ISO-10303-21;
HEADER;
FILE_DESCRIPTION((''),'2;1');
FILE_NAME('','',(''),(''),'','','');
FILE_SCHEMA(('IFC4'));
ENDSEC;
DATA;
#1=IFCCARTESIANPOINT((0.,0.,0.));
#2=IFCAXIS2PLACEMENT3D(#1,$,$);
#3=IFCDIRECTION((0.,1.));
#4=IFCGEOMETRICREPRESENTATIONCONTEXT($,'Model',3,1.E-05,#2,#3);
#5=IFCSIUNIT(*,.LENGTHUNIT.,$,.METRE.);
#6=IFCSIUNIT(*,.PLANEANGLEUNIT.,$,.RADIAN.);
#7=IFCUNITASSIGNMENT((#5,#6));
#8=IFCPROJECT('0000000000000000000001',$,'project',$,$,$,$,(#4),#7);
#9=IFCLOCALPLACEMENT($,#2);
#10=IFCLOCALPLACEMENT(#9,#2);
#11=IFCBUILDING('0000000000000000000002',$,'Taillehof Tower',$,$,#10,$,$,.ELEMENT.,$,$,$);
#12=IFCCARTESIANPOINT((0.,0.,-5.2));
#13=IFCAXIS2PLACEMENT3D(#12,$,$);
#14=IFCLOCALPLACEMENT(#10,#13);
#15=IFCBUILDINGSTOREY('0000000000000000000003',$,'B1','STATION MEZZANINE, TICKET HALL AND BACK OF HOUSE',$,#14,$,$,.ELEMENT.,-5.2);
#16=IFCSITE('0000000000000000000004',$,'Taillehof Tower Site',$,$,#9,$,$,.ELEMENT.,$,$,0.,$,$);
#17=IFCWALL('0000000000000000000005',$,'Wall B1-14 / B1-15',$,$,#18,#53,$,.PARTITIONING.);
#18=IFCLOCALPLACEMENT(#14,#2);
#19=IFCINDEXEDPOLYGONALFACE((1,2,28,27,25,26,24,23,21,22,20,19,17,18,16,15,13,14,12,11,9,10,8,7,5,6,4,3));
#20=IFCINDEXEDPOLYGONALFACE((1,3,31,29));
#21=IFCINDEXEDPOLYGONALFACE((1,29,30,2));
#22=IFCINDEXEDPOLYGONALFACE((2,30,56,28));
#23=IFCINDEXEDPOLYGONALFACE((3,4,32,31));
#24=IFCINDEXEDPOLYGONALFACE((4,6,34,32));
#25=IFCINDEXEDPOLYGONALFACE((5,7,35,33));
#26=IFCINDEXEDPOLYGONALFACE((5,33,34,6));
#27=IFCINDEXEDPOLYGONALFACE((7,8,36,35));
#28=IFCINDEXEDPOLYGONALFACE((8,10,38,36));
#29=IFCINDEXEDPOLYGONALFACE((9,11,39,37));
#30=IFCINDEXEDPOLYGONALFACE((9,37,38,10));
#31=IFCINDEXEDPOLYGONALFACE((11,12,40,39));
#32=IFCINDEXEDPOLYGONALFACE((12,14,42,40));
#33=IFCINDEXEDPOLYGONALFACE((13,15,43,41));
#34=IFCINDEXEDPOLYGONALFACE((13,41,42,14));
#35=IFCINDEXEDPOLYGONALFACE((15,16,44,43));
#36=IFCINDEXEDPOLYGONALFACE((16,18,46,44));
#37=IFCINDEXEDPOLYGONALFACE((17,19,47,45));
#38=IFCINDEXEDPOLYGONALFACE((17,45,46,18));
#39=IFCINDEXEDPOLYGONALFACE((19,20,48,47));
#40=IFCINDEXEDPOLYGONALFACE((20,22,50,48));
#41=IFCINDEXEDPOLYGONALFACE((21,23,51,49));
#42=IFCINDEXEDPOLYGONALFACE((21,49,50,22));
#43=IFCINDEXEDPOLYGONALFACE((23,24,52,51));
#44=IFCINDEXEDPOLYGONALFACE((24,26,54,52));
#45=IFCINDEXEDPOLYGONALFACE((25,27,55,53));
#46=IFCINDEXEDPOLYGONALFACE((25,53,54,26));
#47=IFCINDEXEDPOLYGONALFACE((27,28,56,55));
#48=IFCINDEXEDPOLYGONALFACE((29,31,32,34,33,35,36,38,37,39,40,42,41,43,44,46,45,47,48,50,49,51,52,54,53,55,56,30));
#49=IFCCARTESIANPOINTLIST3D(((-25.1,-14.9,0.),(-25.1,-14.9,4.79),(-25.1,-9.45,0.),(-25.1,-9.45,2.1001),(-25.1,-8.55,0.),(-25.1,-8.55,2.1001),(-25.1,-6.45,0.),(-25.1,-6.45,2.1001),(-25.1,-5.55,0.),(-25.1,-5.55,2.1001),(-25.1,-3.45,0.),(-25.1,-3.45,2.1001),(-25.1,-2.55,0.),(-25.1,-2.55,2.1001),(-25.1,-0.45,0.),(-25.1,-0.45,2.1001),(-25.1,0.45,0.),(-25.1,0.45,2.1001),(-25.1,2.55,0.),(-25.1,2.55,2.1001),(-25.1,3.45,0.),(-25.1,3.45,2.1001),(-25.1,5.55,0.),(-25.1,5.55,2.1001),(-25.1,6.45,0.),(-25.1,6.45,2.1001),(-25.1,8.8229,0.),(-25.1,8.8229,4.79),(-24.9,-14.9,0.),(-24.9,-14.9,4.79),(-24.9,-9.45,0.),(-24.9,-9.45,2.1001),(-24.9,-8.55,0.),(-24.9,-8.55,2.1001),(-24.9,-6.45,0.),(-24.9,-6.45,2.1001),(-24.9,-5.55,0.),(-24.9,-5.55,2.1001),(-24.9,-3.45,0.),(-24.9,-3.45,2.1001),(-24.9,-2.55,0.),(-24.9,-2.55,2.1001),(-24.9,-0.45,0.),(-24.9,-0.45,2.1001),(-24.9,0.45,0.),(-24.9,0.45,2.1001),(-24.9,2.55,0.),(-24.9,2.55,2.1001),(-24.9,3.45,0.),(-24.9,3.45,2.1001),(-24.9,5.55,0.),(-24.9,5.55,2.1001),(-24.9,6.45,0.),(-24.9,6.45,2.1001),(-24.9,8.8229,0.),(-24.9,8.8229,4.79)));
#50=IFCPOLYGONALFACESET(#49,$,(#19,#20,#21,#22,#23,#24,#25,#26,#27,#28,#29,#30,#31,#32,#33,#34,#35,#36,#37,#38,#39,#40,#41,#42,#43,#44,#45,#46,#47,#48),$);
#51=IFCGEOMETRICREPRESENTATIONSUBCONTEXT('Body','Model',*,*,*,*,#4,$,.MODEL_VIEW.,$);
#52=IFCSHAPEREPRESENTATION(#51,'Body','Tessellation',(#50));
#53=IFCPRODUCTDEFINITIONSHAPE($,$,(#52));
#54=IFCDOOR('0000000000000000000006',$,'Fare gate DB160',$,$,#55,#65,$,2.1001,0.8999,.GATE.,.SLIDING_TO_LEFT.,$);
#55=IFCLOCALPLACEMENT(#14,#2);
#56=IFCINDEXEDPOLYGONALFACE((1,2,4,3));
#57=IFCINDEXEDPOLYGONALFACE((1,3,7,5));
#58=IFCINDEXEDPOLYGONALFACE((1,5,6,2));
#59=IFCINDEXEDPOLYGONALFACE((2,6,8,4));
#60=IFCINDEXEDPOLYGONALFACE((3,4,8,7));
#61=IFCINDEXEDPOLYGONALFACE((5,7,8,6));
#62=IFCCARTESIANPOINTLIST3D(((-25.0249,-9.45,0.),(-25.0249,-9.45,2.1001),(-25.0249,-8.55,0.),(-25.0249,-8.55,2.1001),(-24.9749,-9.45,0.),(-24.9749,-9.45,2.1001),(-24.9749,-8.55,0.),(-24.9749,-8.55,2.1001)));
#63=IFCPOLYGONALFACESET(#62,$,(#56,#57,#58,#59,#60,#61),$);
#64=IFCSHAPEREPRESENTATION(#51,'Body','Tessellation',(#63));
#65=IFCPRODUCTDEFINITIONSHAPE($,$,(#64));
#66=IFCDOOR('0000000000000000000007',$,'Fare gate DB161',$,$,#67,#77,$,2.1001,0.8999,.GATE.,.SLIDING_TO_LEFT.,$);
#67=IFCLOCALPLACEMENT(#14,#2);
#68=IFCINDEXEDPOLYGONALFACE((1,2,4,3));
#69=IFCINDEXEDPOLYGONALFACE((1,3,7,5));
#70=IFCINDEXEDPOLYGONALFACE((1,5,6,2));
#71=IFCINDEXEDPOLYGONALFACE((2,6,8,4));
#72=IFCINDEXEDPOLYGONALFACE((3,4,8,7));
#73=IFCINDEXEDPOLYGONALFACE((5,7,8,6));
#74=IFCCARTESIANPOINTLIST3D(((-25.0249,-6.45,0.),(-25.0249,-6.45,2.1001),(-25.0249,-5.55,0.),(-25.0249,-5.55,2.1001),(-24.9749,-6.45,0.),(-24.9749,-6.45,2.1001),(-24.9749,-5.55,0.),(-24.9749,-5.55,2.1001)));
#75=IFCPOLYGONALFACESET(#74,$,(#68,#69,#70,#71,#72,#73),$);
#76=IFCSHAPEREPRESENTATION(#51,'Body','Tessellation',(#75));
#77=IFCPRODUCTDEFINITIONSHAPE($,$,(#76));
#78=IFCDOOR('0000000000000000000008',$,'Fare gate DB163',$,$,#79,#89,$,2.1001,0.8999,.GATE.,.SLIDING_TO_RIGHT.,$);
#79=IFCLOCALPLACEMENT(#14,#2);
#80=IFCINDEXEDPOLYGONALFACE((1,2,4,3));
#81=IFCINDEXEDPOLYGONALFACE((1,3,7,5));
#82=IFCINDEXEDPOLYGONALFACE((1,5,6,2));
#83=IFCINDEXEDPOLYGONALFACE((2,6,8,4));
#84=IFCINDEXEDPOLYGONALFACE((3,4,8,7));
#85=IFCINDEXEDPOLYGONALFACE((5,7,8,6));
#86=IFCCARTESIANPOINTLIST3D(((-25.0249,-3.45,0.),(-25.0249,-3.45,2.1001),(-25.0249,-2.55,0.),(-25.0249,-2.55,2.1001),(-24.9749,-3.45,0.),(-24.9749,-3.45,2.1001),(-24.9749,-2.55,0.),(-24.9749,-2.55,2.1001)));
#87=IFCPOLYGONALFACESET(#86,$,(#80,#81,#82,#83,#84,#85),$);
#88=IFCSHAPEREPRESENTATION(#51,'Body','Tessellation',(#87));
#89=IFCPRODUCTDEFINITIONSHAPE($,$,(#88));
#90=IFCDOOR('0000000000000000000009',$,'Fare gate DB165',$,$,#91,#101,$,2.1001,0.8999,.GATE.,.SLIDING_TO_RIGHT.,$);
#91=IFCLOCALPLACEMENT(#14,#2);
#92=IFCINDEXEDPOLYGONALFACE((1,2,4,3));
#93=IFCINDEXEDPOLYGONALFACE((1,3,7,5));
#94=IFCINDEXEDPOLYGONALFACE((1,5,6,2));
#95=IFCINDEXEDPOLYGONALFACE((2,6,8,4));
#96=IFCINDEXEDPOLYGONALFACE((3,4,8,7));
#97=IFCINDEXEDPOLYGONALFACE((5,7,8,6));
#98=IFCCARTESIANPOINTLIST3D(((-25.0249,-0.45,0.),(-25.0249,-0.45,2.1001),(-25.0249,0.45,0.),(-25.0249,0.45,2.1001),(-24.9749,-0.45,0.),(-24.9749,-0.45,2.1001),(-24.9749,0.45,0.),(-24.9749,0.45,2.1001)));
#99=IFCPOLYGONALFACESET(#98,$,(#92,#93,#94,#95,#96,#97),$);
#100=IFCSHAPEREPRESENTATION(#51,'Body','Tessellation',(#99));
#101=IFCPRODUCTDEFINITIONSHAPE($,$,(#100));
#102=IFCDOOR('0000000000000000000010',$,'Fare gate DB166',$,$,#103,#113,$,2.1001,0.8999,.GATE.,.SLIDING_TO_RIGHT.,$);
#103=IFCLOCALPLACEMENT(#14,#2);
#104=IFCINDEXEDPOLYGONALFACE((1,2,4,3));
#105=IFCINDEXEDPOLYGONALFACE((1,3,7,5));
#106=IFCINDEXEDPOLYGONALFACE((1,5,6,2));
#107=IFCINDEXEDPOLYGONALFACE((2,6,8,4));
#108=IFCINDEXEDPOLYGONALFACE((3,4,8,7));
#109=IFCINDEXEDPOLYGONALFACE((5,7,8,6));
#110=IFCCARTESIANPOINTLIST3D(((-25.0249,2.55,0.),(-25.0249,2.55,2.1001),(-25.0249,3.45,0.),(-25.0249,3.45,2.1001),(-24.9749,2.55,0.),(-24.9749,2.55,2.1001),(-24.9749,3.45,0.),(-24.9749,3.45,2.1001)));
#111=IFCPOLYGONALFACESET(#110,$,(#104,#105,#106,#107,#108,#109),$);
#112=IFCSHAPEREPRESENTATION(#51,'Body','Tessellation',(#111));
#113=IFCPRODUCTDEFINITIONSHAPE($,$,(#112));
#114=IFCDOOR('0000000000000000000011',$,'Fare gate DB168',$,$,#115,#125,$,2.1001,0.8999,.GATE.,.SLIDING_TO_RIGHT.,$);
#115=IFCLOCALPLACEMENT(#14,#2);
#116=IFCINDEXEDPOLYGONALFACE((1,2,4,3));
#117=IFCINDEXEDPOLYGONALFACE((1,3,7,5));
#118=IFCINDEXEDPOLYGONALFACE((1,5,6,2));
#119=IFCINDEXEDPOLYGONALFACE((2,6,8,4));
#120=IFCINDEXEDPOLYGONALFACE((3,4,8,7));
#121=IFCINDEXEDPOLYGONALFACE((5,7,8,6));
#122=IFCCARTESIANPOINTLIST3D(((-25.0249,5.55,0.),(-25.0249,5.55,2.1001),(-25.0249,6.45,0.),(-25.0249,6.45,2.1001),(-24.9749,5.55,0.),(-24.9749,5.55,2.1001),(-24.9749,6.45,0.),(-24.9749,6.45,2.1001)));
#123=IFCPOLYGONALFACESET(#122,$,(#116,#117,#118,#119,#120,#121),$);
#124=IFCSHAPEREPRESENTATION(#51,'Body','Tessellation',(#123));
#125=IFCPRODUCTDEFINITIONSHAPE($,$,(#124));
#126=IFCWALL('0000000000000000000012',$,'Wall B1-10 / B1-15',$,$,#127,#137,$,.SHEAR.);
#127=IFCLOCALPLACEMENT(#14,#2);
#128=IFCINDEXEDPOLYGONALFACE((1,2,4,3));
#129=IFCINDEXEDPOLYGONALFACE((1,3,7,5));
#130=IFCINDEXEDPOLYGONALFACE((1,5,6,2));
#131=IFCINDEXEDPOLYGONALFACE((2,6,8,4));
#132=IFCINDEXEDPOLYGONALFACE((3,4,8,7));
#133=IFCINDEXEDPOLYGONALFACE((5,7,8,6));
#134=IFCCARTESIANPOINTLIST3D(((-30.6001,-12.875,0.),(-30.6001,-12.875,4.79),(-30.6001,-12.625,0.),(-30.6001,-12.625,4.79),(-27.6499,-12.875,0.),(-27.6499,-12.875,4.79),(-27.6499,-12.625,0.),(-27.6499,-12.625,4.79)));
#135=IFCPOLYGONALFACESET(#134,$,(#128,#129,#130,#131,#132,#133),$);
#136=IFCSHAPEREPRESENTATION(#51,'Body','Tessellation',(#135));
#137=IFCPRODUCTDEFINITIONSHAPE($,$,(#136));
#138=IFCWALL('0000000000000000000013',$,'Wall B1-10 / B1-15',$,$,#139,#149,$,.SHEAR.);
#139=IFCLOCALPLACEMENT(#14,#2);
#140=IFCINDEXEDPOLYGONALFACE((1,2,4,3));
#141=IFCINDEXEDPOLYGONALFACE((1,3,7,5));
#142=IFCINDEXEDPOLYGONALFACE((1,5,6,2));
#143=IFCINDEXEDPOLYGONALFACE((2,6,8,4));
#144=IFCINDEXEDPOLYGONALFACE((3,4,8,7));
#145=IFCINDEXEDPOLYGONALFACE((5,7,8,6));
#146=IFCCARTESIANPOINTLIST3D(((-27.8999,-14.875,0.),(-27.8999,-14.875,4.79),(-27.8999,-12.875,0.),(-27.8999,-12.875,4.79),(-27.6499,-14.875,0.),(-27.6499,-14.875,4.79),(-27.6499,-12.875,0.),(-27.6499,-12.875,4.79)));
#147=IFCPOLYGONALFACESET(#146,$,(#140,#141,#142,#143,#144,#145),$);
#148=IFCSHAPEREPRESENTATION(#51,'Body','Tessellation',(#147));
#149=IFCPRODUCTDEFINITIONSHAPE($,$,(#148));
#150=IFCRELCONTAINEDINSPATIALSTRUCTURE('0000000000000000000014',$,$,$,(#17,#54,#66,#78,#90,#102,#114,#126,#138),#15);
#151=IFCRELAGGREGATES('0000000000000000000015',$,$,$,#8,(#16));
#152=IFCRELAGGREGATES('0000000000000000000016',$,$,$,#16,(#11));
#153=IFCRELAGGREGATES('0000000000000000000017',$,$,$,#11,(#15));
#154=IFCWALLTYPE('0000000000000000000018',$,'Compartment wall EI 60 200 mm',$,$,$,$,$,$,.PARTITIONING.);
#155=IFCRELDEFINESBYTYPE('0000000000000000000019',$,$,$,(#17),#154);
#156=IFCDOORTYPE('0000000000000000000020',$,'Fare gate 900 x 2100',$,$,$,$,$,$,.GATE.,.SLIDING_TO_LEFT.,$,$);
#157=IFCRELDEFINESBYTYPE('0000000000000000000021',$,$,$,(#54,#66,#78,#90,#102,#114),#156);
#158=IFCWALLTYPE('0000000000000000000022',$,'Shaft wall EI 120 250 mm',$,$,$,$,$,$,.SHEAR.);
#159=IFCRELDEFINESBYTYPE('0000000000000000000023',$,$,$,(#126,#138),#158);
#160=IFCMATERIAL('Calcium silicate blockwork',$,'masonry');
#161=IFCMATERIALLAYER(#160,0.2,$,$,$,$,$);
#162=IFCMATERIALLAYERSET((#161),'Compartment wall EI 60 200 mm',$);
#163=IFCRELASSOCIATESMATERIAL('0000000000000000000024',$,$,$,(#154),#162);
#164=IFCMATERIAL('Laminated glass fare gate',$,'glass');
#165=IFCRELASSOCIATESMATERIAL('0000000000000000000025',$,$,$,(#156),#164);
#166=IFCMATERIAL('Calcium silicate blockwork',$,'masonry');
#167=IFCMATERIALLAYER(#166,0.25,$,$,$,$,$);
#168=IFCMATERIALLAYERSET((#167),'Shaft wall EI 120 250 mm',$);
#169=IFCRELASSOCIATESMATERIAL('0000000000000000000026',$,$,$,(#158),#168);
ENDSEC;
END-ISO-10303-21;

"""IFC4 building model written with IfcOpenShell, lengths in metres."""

from ifc_helpers import new_model, si_unit, direction, frame, frame_2d, origin, place, context, subcontext, project, spatial, rectangle, extrude, material, layer, layer_set, type_object, element, fill, save


model = new_model("IFC4")

# Units and contexts
model_context = context("Model", 3, precision=1e-05, world=origin(), true_north=direction((0.0, 1.0)))
body_context = subcontext(model_context, "Body", "Model", "MODEL_VIEW")
ifc_project = project(units=[si_unit("LENGTHUNIT", "METRE"), si_unit("PLANEANGLEUNIT", "RADIAN")], contexts=[model_context])

# Site, building, storey
site_placement = place(None, origin())
site = spatial("IfcSite", under=ifc_project, at=site_placement, Name="Taillehof Tower Site", CompositionType="ELEMENT", RefElevation=0.0)
building_placement = place(site_placement, origin())
building = spatial("IfcBuilding", under=site, at=building_placement, Name="Taillehof Tower", CompositionType="ELEMENT")
storey_placement = place(building_placement, frame((0.0, 0.0, -5.2)))
storey = spatial("IfcBuildingStorey", under=building, at=storey_placement, Name="B1", Description="STATION MEZZANINE, TICKET HALL AND BACK OF HOUSE", CompositionType="ELEMENT", Elevation=-5.2)

# Shared definitions
ifc_material_1 = material(Name="Calcium silicate blockwork", Category="masonry")
ifc_layer_1 = layer(ifc_material_1, 0.2)
ifc_layer_set_1 = layer_set([ifc_layer_1], Name="Compartment wall EI 60 200 mm")
wall_type_1 = type_object("IfcWallType", Name="Compartment wall EI 60 200 mm", PredefinedType="PARTITIONING", material=ifc_layer_set_1)

# Wall, openings, doors
wall_1_placement = place(storey_placement, frame((-25.0, -14.8999, 0.0), z_axis=(0.0, 0.0, 1.0), x_axis=(0.0, 1.0, 0.0)))
wall_1 = element("IfcWall", 1, at=wall_1_placement, inside=storey, type_object=wall_type_1, Name="Wall B1-14 / B1-15", PredefinedType="PARTITIONING", context=body_context, shape_type="SweptSolid", body=[
    extrude(rectangle(XDim=23.7229, YDim=0.2, at=frame_2d((11.8613, 0.0))), origin(), (0.0, 0.0, 1.0), 4.79),
])
opening_1_placement = place(wall_1_placement, frame((5.45, 0.0, 0.0)))
opening_1 = element("IfcOpeningElement", 2, at=opening_1_placement, cuts=wall_1, PredefinedType="OPENING", context=body_context, shape_type="SweptSolid", body=[
    extrude(rectangle(XDim=0.8999, YDim=2.1001, at=frame_2d((0.45, 1.05))), frame((0.0, 0.1099, 0.0), z_axis=(0.0, -1.0, 0.0), x_axis=(1.0, 0.0, 0.0)), (0.0, 0.0, 1.0), 0.22),
])
opening_2_placement = place(wall_1_placement, frame((8.45, 0.0, 0.0)))
opening_2 = element("IfcOpeningElement", 3, at=opening_2_placement, cuts=wall_1, PredefinedType="OPENING", context=body_context, shape_type="SweptSolid", body=[
    extrude(rectangle(XDim=0.8999, YDim=2.1001, at=frame_2d((0.45, 1.05))), frame((0.0, 0.1099, 0.0), z_axis=(0.0, -1.0, 0.0), x_axis=(1.0, 0.0, 0.0)), (0.0, 0.0, 1.0), 0.22),
])
opening_3_placement = place(wall_1_placement, frame((11.45, 0.0, 0.0)))
opening_3 = element("IfcOpeningElement", 4, at=opening_3_placement, cuts=wall_1, PredefinedType="OPENING", context=body_context, shape_type="SweptSolid", body=[
    extrude(rectangle(XDim=0.8999, YDim=2.1001, at=frame_2d((0.45, 1.05))), frame((0.0, 0.1099, 0.0), z_axis=(0.0, -1.0, 0.0), x_axis=(1.0, 0.0, 0.0)), (0.0, 0.0, 1.0), 0.22),
])
opening_4_placement = place(wall_1_placement, frame((14.45, 0.0, 0.0)))
opening_4 = element("IfcOpeningElement", 5, at=opening_4_placement, cuts=wall_1, PredefinedType="OPENING", context=body_context, shape_type="SweptSolid", body=[
    extrude(rectangle(XDim=0.8999, YDim=2.1001, at=frame_2d((0.45, 1.05))), frame((0.0, 0.1099, 0.0), z_axis=(0.0, -1.0, 0.0), x_axis=(1.0, 0.0, 0.0)), (0.0, 0.0, 1.0), 0.22),
])
opening_5_placement = place(wall_1_placement, frame((17.45, 0.0, 0.0)))
opening_5 = element("IfcOpeningElement", 6, at=opening_5_placement, cuts=wall_1, PredefinedType="OPENING", context=body_context, shape_type="SweptSolid", body=[
    extrude(rectangle(XDim=0.8999, YDim=2.1001, at=frame_2d((0.45, 1.05))), frame((0.0, 0.1099, 0.0), z_axis=(0.0, -1.0, 0.0), x_axis=(1.0, 0.0, 0.0)), (0.0, 0.0, 1.0), 0.22),
])
opening_6_placement = place(wall_1_placement, frame((20.45, 0.0, 0.0)))
opening_6 = element("IfcOpeningElement", 7, at=opening_6_placement, cuts=wall_1, PredefinedType="OPENING", context=body_context, shape_type="SweptSolid", body=[
    extrude(rectangle(XDim=0.8999, YDim=2.1001, at=frame_2d((0.45, 1.05))), frame((0.0, 0.1099, 0.0), z_axis=(0.0, -1.0, 0.0), x_axis=(1.0, 0.0, 0.0)), (0.0, 0.0, 1.0), 0.22),
])
ifc_material_2 = material(Name="Laminated glass fare gate", Category="glass")
door_type_1 = type_object("IfcDoorType", Name="Fare gate 900 x 2100", OperationType="SLIDING_TO_LEFT", PredefinedType="GATE", material=ifc_material_2)
door_1_placement = place(opening_1_placement, origin())
door_1 = element("IfcDoor", 8, at=door_1_placement, inside=storey, type_object=door_type_1, Name="Fare gate DB160", OperationType="SLIDING_TO_LEFT", OverallHeight=2.1001, OverallWidth=0.8999, PredefinedType="GATE", context=body_context, shape_type="SweptSolid", body=[
    extrude(rectangle(XDim=0.8999, YDim=2.1001, at=frame_2d((0.45, 1.05))), frame((0.0, 0.0249, 0.0), z_axis=(0.0, -1.0, 0.0), x_axis=(1.0, 0.0, 0.0)), (0.0, 0.0, 1.0), 0.05),
])
fill(opening_1, door_1)
door_2_placement = place(opening_2_placement, origin())
door_2 = element("IfcDoor", 9, at=door_2_placement, inside=storey, type_object=door_type_1, Name="Fare gate DB161", OperationType="SLIDING_TO_LEFT", OverallHeight=2.1001, OverallWidth=0.8999, PredefinedType="GATE", context=body_context, shape_type="SweptSolid", body=[
    extrude(rectangle(XDim=0.8999, YDim=2.1001, at=frame_2d((0.45, 1.05))), frame((0.0, 0.0249, 0.0), z_axis=(0.0, -1.0, 0.0), x_axis=(1.0, 0.0, 0.0)), (0.0, 0.0, 1.0), 0.05),
])
fill(opening_2, door_2)
door_3_placement = place(opening_3_placement, origin())
door_3 = element("IfcDoor", 10, at=door_3_placement, inside=storey, type_object=door_type_1, Name="Fare gate DB163", OperationType="SLIDING_TO_RIGHT", OverallHeight=2.1001, OverallWidth=0.8999, PredefinedType="GATE", context=body_context, shape_type="SweptSolid", body=[
    extrude(rectangle(XDim=0.8999, YDim=2.1001, at=frame_2d((0.45, 1.05))), frame((0.0, 0.0249, 0.0), z_axis=(0.0, -1.0, 0.0), x_axis=(1.0, 0.0, 0.0)), (0.0, 0.0, 1.0), 0.05),
])
fill(opening_3, door_3)
door_4_placement = place(opening_4_placement, origin())
door_4 = element("IfcDoor", 11, at=door_4_placement, inside=storey, type_object=door_type_1, Name="Fare gate DB165", OperationType="SLIDING_TO_RIGHT", OverallHeight=2.1001, OverallWidth=0.8999, PredefinedType="GATE", context=body_context, shape_type="SweptSolid", body=[
    extrude(rectangle(XDim=0.8999, YDim=2.1001, at=frame_2d((0.45, 1.05))), frame((0.0, 0.0249, 0.0), z_axis=(0.0, -1.0, 0.0), x_axis=(1.0, 0.0, 0.0)), (0.0, 0.0, 1.0), 0.05),
])
fill(opening_4, door_4)
door_5_placement = place(opening_5_placement, origin())
door_5 = element("IfcDoor", 12, at=door_5_placement, inside=storey, type_object=door_type_1, Name="Fare gate DB166", OperationType="SLIDING_TO_RIGHT", OverallHeight=2.1001, OverallWidth=0.8999, PredefinedType="GATE", context=body_context, shape_type="SweptSolid", body=[
    extrude(rectangle(XDim=0.8999, YDim=2.1001, at=frame_2d((0.45, 1.05))), frame((0.0, 0.0249, 0.0), z_axis=(0.0, -1.0, 0.0), x_axis=(1.0, 0.0, 0.0)), (0.0, 0.0, 1.0), 0.05),
])
fill(opening_5, door_5)
door_6_placement = place(opening_6_placement, origin())
door_6 = element("IfcDoor", 13, at=door_6_placement, inside=storey, type_object=door_type_1, Name="Fare gate DB168", OperationType="SLIDING_TO_RIGHT", OverallHeight=2.1001, OverallWidth=0.8999, PredefinedType="GATE", context=body_context, shape_type="SweptSolid", body=[
    extrude(rectangle(XDim=0.8999, YDim=2.1001, at=frame_2d((0.45, 1.05))), frame((0.0, 0.0249, 0.0), z_axis=(0.0, -1.0, 0.0), x_axis=(1.0, 0.0, 0.0)), (0.0, 0.0, 1.0), 0.05),
])
fill(opening_6, door_6)

# Walls
ifc_material_3 = material(Name="Calcium silicate blockwork", Category="masonry")
ifc_layer_2 = layer(ifc_material_3, 0.25)
ifc_layer_set_2 = layer_set([ifc_layer_2], Name="Shaft wall EI 120 250 mm")
wall_type_2 = type_object("IfcWallType", Name="Shaft wall EI 120 250 mm", PredefinedType="SHEAR", material=ifc_layer_set_2)
wall_2_placement = place(storey_placement, frame((-30.6001, -12.75, 0.0), z_axis=(0.0, 0.0, 1.0), x_axis=(1.0, 0.0, 0.0)))
element("IfcWall", 14, at=wall_2_placement, inside=storey, type_object=wall_type_2, Name="Wall B1-10 / B1-15", PredefinedType="SHEAR", context=body_context, shape_type="SweptSolid", body=[
    extrude(rectangle(XDim=2.9502, YDim=0.25, at=frame_2d((1.4751, 0.0))), origin(), (0.0, 0.0, 1.0), 4.79),
])
wall_3_placement = place(storey_placement, frame((-27.7749, -14.875, 0.0), z_axis=(0.0, 0.0, 1.0), x_axis=(0.0, 1.0, 0.0)))
element("IfcWall", 15, at=wall_3_placement, inside=storey, type_object=wall_type_2, Name="Wall B1-10 / B1-15", PredefinedType="SHEAR", context=body_context, shape_type="SweptSolid", body=[
    extrude(rectangle(XDim=2.0, YDim=0.25, at=frame_2d((1.0, 0.0))), origin(), (0.0, 0.0, 1.0), 4.79),
])

save(model, "model.ifc")
